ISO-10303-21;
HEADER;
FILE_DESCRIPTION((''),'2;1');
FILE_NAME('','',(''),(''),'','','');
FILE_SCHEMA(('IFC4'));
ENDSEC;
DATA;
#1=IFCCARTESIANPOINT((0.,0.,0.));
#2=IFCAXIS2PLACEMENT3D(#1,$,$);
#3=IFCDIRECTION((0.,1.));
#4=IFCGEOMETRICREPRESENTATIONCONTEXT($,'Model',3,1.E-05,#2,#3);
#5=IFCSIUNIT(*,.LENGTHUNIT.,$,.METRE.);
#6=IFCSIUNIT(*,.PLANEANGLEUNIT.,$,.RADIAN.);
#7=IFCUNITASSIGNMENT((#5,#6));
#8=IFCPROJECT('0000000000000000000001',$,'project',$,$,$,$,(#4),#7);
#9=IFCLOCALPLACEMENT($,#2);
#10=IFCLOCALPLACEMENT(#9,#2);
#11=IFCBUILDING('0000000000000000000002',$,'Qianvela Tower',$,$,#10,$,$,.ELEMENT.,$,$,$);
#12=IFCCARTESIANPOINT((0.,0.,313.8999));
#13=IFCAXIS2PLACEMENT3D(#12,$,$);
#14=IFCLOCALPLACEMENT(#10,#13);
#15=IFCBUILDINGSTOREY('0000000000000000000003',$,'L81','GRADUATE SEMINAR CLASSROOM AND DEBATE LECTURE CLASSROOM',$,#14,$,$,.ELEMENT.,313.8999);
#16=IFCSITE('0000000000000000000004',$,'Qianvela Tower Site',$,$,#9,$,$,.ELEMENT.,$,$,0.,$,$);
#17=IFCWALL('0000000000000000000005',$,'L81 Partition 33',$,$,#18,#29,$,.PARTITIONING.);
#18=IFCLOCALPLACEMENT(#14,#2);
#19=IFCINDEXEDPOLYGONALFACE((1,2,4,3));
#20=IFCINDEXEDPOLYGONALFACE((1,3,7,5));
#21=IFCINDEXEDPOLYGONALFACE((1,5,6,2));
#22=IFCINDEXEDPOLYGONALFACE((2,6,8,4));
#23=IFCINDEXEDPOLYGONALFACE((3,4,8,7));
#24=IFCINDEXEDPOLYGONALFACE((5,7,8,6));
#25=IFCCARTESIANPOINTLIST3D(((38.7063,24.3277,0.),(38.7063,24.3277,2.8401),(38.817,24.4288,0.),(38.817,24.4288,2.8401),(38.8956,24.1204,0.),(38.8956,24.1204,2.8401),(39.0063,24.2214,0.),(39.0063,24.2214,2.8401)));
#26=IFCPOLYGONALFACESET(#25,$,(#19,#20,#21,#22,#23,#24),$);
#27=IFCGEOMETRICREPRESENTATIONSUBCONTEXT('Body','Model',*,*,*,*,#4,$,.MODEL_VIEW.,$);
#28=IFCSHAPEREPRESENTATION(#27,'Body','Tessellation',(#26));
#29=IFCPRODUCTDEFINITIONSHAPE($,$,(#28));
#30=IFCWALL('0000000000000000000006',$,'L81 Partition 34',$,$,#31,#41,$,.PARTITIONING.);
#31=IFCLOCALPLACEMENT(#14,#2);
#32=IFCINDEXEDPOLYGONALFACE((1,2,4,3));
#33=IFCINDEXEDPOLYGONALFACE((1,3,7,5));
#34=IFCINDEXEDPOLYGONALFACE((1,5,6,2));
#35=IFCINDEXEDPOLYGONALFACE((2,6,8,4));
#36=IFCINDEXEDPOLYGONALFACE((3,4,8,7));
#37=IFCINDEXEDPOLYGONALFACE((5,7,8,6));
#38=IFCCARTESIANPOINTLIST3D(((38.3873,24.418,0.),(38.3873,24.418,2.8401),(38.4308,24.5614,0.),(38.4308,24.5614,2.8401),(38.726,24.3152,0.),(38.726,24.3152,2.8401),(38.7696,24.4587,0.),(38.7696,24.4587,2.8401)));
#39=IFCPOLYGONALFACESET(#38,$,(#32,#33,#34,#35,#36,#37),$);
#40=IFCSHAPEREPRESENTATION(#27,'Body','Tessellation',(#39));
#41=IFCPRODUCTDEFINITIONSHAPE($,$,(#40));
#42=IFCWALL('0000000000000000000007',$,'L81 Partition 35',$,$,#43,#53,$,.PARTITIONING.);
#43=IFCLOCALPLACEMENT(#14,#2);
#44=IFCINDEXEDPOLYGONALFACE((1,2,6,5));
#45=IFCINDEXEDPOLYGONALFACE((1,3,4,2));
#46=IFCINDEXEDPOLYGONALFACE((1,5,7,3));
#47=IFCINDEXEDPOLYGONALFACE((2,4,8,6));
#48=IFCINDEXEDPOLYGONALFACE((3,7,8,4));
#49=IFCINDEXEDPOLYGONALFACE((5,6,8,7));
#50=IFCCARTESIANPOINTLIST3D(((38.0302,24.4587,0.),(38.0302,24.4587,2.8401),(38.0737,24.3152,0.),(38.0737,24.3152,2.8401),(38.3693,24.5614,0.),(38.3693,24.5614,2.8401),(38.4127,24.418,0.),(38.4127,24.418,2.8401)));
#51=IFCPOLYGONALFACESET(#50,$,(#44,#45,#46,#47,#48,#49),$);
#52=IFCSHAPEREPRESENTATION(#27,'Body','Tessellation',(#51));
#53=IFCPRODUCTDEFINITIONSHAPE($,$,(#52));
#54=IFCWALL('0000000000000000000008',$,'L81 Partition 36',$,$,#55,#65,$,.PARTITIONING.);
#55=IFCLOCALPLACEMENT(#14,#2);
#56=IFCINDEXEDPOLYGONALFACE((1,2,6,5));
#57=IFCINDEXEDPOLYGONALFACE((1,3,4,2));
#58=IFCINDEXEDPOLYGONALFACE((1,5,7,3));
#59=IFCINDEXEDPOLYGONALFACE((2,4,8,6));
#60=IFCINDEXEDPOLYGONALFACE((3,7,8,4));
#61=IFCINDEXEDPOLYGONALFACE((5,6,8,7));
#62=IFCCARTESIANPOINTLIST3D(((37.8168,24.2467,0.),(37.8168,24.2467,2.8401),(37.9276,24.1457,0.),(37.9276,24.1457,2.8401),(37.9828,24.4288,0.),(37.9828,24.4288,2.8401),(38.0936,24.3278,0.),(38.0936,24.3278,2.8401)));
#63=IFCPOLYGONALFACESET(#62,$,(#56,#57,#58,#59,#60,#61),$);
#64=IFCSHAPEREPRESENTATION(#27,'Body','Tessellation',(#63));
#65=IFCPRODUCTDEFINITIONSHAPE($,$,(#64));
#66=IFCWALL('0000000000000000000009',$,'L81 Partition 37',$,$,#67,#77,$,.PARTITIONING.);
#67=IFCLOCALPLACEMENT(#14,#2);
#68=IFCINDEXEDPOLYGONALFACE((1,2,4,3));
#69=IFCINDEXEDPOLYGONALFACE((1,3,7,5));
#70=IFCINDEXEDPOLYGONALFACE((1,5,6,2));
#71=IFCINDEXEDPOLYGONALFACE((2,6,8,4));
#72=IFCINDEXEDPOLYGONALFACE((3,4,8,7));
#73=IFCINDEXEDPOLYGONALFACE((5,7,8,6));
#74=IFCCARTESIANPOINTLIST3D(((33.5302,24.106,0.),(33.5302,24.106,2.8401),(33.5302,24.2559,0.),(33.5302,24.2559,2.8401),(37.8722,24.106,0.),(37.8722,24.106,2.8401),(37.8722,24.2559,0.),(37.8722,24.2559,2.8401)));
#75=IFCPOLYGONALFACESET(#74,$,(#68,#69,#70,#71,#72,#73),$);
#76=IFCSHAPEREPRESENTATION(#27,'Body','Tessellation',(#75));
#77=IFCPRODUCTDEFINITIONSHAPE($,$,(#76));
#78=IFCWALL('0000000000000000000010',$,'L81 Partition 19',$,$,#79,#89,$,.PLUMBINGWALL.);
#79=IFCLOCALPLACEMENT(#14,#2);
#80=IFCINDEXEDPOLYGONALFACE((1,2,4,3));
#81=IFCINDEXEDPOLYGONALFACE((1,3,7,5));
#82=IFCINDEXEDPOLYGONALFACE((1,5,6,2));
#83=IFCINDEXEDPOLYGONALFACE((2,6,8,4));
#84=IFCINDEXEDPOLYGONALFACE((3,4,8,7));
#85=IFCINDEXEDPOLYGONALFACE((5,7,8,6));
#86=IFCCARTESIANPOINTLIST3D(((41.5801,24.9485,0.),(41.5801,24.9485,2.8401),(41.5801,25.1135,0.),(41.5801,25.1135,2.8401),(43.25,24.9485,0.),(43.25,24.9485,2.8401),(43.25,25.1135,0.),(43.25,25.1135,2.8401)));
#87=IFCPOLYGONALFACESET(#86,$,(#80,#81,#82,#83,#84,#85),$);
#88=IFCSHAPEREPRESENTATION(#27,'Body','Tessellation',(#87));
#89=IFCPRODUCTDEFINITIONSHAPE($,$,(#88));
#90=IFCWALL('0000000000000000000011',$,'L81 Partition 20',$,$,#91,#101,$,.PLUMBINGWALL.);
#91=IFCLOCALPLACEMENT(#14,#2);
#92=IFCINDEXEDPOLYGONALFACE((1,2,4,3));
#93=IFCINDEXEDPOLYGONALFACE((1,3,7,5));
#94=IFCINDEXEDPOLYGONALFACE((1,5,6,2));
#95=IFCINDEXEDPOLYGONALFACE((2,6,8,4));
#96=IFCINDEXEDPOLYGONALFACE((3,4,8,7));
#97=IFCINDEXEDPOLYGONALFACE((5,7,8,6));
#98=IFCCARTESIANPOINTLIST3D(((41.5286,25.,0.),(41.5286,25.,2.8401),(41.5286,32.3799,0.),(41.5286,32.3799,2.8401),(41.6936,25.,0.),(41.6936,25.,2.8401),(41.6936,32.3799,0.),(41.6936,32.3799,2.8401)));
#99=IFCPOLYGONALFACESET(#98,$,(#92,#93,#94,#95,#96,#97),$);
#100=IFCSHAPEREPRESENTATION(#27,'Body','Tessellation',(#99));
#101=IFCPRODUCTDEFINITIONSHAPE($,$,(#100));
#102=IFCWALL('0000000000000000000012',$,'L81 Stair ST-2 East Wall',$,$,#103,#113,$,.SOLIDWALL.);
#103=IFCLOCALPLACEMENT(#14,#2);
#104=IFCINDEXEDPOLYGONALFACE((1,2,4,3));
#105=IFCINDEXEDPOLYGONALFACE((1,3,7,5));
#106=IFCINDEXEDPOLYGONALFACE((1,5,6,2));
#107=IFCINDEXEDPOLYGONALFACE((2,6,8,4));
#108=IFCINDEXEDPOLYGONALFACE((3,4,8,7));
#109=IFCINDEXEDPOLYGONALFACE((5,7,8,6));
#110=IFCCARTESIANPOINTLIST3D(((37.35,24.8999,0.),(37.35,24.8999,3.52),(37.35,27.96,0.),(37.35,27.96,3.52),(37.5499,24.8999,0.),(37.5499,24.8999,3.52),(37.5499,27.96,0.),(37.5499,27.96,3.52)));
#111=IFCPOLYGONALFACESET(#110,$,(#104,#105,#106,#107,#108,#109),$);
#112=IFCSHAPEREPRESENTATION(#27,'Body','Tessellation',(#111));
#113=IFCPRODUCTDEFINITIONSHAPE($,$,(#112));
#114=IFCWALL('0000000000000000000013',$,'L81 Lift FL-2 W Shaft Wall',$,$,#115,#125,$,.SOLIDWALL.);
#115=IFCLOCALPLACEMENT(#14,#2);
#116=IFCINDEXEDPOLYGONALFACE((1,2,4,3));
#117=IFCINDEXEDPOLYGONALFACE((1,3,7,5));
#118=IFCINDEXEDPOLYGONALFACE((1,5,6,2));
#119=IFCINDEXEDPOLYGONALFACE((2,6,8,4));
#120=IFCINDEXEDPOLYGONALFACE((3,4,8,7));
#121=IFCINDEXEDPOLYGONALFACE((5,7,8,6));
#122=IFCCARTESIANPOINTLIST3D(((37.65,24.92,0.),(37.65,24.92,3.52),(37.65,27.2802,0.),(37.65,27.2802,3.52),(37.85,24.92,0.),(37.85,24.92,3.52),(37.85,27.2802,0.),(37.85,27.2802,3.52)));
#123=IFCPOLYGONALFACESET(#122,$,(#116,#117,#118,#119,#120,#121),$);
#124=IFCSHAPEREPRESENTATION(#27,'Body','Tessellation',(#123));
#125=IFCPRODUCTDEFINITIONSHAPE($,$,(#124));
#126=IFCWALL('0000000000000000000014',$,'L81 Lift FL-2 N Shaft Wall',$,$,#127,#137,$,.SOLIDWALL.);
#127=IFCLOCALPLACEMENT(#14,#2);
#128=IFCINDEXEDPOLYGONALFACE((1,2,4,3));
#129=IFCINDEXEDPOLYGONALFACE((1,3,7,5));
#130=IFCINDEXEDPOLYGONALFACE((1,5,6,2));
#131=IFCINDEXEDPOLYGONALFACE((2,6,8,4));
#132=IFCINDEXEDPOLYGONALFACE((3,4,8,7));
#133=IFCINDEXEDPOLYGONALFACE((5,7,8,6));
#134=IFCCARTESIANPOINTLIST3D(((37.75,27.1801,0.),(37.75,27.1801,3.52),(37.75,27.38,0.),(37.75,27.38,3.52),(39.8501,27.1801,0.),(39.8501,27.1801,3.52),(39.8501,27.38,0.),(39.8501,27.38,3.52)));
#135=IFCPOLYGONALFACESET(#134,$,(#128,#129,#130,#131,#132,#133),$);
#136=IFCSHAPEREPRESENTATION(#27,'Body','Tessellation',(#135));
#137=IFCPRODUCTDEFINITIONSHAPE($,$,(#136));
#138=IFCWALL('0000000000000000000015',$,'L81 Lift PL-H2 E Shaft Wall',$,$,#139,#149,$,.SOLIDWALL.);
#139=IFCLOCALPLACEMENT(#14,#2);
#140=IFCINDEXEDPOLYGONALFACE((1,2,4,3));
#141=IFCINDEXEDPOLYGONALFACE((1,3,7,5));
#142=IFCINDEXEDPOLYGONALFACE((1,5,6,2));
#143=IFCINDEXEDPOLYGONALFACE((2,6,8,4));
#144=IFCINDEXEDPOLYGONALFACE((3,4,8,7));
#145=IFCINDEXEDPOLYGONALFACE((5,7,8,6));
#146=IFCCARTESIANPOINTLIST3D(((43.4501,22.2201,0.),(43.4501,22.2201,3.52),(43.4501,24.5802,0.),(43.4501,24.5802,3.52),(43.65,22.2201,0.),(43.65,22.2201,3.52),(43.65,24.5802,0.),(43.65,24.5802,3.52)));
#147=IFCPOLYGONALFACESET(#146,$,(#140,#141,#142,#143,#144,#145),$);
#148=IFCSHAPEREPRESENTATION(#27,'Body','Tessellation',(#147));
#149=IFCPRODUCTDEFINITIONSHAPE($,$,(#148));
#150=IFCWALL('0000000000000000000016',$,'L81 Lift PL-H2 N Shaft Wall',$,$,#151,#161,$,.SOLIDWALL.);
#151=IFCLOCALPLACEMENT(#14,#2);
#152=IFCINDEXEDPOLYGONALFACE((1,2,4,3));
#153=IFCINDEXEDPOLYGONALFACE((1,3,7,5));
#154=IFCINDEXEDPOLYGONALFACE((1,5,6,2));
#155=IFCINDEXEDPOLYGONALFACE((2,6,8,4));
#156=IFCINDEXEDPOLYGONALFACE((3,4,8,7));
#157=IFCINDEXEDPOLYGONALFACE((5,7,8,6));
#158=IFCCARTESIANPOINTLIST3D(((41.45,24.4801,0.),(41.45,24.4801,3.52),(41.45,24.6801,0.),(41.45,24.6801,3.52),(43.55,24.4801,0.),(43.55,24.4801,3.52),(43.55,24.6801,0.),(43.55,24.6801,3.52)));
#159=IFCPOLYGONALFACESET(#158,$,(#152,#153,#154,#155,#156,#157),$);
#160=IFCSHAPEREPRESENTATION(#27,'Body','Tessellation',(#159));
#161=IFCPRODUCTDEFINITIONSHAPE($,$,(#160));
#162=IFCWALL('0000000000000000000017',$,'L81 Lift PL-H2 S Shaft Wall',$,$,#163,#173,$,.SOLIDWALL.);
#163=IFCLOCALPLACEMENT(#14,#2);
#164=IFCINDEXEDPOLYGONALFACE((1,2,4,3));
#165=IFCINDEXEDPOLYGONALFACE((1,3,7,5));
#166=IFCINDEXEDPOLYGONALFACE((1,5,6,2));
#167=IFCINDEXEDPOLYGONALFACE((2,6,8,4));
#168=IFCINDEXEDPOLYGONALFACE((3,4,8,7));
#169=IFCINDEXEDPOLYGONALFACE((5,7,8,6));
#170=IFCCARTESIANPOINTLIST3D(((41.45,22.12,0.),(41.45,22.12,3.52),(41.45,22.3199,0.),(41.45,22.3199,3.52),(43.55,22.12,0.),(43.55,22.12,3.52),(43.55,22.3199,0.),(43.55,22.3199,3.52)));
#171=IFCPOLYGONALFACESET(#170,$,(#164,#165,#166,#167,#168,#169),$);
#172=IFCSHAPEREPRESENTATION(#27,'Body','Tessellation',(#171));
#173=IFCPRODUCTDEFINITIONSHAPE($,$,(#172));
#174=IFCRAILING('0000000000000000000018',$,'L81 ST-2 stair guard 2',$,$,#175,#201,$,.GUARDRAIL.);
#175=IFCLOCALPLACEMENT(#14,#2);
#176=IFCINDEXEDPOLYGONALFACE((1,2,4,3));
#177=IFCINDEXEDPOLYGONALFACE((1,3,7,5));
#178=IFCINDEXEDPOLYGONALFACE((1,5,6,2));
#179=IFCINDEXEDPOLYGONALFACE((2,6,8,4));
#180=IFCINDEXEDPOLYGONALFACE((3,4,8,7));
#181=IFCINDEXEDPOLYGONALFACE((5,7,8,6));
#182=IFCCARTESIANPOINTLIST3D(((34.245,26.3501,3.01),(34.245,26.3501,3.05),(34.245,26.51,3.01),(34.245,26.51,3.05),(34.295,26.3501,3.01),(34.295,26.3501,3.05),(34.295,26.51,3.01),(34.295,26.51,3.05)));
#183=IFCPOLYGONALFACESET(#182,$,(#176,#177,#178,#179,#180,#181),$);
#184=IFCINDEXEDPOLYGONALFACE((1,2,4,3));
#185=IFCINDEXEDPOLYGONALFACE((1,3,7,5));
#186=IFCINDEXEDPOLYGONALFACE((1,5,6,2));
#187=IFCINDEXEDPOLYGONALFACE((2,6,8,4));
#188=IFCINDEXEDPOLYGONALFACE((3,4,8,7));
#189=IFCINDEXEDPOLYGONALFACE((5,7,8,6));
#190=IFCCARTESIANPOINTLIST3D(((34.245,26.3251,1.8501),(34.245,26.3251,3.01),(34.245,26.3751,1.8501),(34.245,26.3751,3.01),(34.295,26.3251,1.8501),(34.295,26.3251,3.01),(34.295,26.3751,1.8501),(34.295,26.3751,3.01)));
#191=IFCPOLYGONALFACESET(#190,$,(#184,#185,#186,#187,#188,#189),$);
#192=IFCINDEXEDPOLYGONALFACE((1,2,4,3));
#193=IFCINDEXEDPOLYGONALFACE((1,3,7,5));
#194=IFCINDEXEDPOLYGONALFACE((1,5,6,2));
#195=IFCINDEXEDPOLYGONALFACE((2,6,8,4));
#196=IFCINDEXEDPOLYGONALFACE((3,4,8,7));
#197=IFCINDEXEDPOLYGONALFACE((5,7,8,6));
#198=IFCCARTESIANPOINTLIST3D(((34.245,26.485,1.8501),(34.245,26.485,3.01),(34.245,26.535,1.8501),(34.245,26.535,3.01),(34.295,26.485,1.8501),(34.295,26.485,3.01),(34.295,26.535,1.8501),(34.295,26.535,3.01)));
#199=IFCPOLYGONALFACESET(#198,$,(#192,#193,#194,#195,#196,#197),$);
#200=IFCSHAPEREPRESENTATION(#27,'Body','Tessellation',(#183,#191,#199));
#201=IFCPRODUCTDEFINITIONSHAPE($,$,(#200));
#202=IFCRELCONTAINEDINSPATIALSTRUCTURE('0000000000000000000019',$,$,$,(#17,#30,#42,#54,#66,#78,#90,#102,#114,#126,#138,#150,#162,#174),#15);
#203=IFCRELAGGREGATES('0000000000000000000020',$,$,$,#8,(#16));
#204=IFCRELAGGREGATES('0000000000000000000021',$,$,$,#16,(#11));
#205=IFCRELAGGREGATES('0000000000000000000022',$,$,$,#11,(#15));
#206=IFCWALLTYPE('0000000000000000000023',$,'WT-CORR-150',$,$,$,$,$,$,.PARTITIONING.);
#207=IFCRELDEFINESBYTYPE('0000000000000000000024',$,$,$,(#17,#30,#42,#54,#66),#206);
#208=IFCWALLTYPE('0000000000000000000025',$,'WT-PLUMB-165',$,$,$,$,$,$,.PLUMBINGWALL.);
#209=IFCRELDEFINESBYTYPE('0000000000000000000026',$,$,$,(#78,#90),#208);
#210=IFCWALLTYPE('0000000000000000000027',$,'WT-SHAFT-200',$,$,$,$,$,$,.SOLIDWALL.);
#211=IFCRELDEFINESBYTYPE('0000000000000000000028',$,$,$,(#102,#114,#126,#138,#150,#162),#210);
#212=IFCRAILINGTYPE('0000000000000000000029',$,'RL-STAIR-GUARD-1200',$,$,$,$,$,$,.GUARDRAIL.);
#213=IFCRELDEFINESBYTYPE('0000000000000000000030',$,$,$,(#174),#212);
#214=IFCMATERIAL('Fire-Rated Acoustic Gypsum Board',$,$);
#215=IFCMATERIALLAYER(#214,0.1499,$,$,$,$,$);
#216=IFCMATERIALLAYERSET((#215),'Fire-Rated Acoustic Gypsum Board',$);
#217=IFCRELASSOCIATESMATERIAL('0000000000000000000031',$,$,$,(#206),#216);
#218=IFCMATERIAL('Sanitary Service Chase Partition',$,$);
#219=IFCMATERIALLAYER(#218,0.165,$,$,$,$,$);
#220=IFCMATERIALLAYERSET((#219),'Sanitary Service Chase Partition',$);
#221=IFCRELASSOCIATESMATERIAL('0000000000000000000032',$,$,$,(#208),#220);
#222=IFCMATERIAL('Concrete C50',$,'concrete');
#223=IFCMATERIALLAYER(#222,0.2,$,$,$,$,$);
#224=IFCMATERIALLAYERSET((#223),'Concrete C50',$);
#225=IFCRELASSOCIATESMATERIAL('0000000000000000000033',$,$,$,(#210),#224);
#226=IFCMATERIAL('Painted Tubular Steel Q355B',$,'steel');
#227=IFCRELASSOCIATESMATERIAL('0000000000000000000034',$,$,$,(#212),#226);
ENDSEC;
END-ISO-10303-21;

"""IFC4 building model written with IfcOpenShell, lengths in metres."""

from ifc_helpers import new_model, si_unit, direction, frame, frame_2d, origin, origin_2d, place, context, subcontext, project, spatial, rectangle, extrude, material, layer, layer_set, type_object, element, save


model = new_model("IFC4")

# Units and contexts
model_context = context("Model", 3, precision=1e-05, world=origin(), true_north=direction((0.0, 1.0)))
body_context = subcontext(model_context, "Body", "Model", "MODEL_VIEW")
ifc_project = project(units=[si_unit("LENGTHUNIT", "METRE"), si_unit("PLANEANGLEUNIT", "RADIAN")], contexts=[model_context])

# Site, building, storey
site_placement = place(None, origin())
site = spatial("IfcSite", under=ifc_project, at=site_placement, Name="Qianvela Tower Site", CompositionType="ELEMENT", RefElevation=0.0)
building_placement = place(site_placement, origin())
building = spatial("IfcBuilding", under=site, at=building_placement, Name="Qianvela Tower", CompositionType="ELEMENT")
storey_placement = place(building_placement, frame((0.0, 0.0, 313.8999)))
storey = spatial("IfcBuildingStorey", under=building, at=storey_placement, Name="L81", Description="GRADUATE SEMINAR CLASSROOM AND DEBATE LECTURE CLASSROOM", CompositionType="ELEMENT", Elevation=313.8999)

# Walls
ifc_material_1 = material(Name="Fire-Rated Acoustic Gypsum Board")
ifc_layer_1 = layer(ifc_material_1, 0.1499)
ifc_layer_set_1 = layer_set([ifc_layer_1], Name="Fire-Rated Acoustic Gypsum Board")
wall_type_1 = type_object("IfcWallType", Name="WT-CORR-150", PredefinedType="PARTITIONING", material=ifc_layer_set_1)
wall_1_placement = place(storey_placement, frame((38.9509, 24.1709, 0.0), z_axis=(0.0, 0.0, 1.0), x_axis=(-0.674187, 0.738561, 0.0)))
element("IfcWall", 1, at=wall_1_placement, inside=storey, type_object=wall_type_1, Name="L81 Partition 33", PredefinedType="PARTITIONING", context=body_context, shape_type="SweptSolid", body=[
    extrude(rectangle(XDim=0.2808, YDim=0.1499, at=frame_2d((0.1404, 0.0))), origin(), (0.0, 0.0, 1.0), 2.8401),
])
wall_2_placement = place(storey_placement, frame((38.7478, 24.387, 0.0), z_axis=(0.0, 0.0, 1.0), x_axis=(-0.956949, 0.290256, 0.0)))
element("IfcWall", 2, at=wall_2_placement, inside=storey, type_object=wall_type_1, Name="L81 Partition 34", PredefinedType="PARTITIONING", context=body_context, shape_type="SweptSolid", body=[
    extrude(rectangle(XDim=0.354, YDim=0.1499, at=frame_2d((0.177, 0.0))), origin(), (0.0, 0.0, 1.0), 2.8401),
])
wall_3_placement = place(storey_placement, frame((38.3911, 24.4897, 0.0), z_axis=(0.0, 0.0, 1.0), x_axis=(-0.957007, -0.290065, 0.0)))
element("IfcWall", 3, at=wall_3_placement, inside=storey, type_object=wall_type_1, Name="L81 Partition 35", PredefinedType="PARTITIONING", context=body_context, shape_type="SweptSolid", body=[
    extrude(rectangle(XDim=0.3542, YDim=0.1499, at=frame_2d((0.1772, 0.0))), origin(), (0.0, 0.0, 1.0), 2.8401),
])
wall_4_placement = place(storey_placement, frame((38.0381, 24.3782, 0.0), z_axis=(0.0, 0.0, 1.0), x_axis=(-0.673658, -0.739043, 0.0)))
element("IfcWall", 4, at=wall_4_placement, inside=storey, type_object=wall_type_1, Name="L81 Partition 36", PredefinedType="PARTITIONING", context=body_context, shape_type="SweptSolid", body=[
    extrude(rectangle(XDim=0.2463, YDim=0.1499, at=frame_2d((0.123, 0.0))), origin(), (0.0, 0.0, 1.0), 2.8401),
])
wall_5_placement = place(storey_placement, frame((37.8721, 24.1809, 0.0), z_axis=(0.0, 0.0, 1.0), x_axis=(-1.0, 0.0, 0.0)))
element("IfcWall", 5, at=wall_5_placement, inside=storey, type_object=wall_type_1, Name="L81 Partition 37", PredefinedType="PARTITIONING", context=body_context, shape_type="SweptSolid", body=[
    extrude(rectangle(XDim=4.342, YDim=0.1499, at=frame_2d((2.1709, 0.0))), origin(), (0.0, 0.0, 1.0), 2.8401),
])
ifc_material_2 = material(Name="Sanitary Service Chase Partition")
ifc_layer_2 = layer(ifc_material_2, 0.165)
ifc_layer_set_2 = layer_set([ifc_layer_2], Name="Sanitary Service Chase Partition")
wall_type_2 = type_object("IfcWallType", Name="WT-PLUMB-165", PredefinedType="PLUMBINGWALL", material=ifc_layer_set_2)
wall_6_placement = place(storey_placement, frame((43.25, 25.031, 0.0), z_axis=(0.0, 0.0, 1.0), x_axis=(-1.0, 0.0, 0.0)))
element("IfcWall", 6, at=wall_6_placement, inside=storey, type_object=wall_type_2, Name="L81 Partition 19", PredefinedType="PLUMBINGWALL", context=body_context, shape_type="SweptSolid", body=[
    extrude(rectangle(XDim=1.6699, YDim=0.165, at=frame_2d((0.835, 0.0))), origin(), (0.0, 0.0, 1.0), 2.8401),
])
wall_7_placement = place(storey_placement, frame((41.6111, 25.0, 0.0), z_axis=(0.0, 0.0, 1.0), x_axis=(0.0, 1.0, 0.0)))
element("IfcWall", 7, at=wall_7_placement, inside=storey, type_object=wall_type_2, Name="L81 Partition 20", PredefinedType="PLUMBINGWALL", context=body_context, shape_type="SweptSolid", body=[
    extrude(rectangle(XDim=7.3799, YDim=0.165, at=frame_2d((3.6899, 0.0))), origin(), (0.0, 0.0, 1.0), 2.8401),
])
ifc_material_3 = material(Name="Concrete C50", Category="concrete")
ifc_layer_3 = layer(ifc_material_3, 0.2)
ifc_layer_set_3 = layer_set([ifc_layer_3], Name="Concrete C50")
wall_type_3 = type_object("IfcWallType", Name="WT-SHAFT-200", PredefinedType="SOLIDWALL", material=ifc_layer_set_3)
wall_8_placement = place(storey_placement, frame((37.45, 24.8999, 0.0), z_axis=(0.0, 0.0, 1.0), x_axis=(0.0, 1.0, 0.0)))
element("IfcWall", 8, at=wall_8_placement, inside=storey, type_object=wall_type_3, Name="L81 Stair ST-2 East Wall", PredefinedType="SOLIDWALL", context=body_context, shape_type="SweptSolid", body=[
    extrude(rectangle(XDim=3.0601, YDim=0.2, at=frame_2d((1.53, 0.0))), origin(), (0.0, 0.0, 1.0), 3.52),
])

# Walls
wall_9_placement = place(storey_placement, frame((37.75, 24.9199, 0.0), z_axis=(0.0, 0.0, 1.0), x_axis=(0.0, 1.0, 0.0)))
element("IfcWall", 9, at=wall_9_placement, inside=storey, type_object=wall_type_3, Name="L81 Lift FL-2 W Shaft Wall", PredefinedType="SOLIDWALL", context=body_context, shape_type="SweptSolid", body=[
    extrude(rectangle(XDim=2.3601, YDim=0.2, at=frame_2d((1.1802, 0.0))), origin(), (0.0, 0.0, 1.0), 3.52),
])
wall_10_placement = place(storey_placement, frame((37.75, 27.28, 0.0), z_axis=(0.0, 0.0, 1.0), x_axis=(1.0, 0.0, 0.0)))
element("IfcWall", 10, at=wall_10_placement, inside=storey, type_object=wall_type_3, Name="L81 Lift FL-2 N Shaft Wall", PredefinedType="SOLIDWALL", context=body_context, shape_type="SweptSolid", body=[
    extrude(rectangle(XDim=2.1001, YDim=0.2, at=frame_2d((1.05, 0.0))), origin(), (0.0, 0.0, 1.0), 3.52),
])
wall_11_placement = place(storey_placement, frame((43.55, 22.22, 0.0), z_axis=(0.0, 0.0, 1.0), x_axis=(0.0, 1.0, 0.0)))
element("IfcWall", 11, at=wall_11_placement, inside=storey, type_object=wall_type_3, Name="L81 Lift PL-H2 E Shaft Wall", PredefinedType="SOLIDWALL", context=body_context, shape_type="SweptSolid", body=[
    extrude(rectangle(XDim=2.3601, YDim=0.2, at=frame_2d((1.1802, 0.0))), origin(), (0.0, 0.0, 1.0), 3.52),
])

# Walls
for number, where, z_axis, x_axis, name in (
    (12, (41.45, 24.5801, 0.0), (0.0, 0.0, 1.0), (1.0, 0.0, 0.0), "L81 Lift PL-H2 N Shaft Wall"),
    (13, (41.45, 22.22, 0.0), (0.0, 0.0, 1.0), (1.0, 0.0, 0.0), "L81 Lift PL-H2 S Shaft Wall"),
):
    element("IfcWall", number, at=place(storey_placement, frame(where, z_axis=z_axis, x_axis=x_axis)), inside=storey, type_object=wall_type_3, Name=name, PredefinedType="SOLIDWALL", context=body_context, shape_type="SweptSolid", body=[
        extrude(rectangle(XDim=2.1001, YDim=0.2, at=frame_2d((1.05, 0.0))), origin(), (0.0, 0.0, 1.0), 3.52),
    ])

# Railing
ifc_material_4 = material(Name="Painted Tubular Steel Q355B", Category="steel")
railing_type = type_object("IfcRailingType", Name="RL-STAIR-GUARD-1200", PredefinedType="GUARDRAIL", material=ifc_material_4)
railing_1_placement = place(storey_placement, frame((34.27, 26.3501, 1.8501)))
element("IfcRailing", 14, at=railing_1_placement, inside=storey, type_object=railing_type, Name="L81 ST-2 stair guard 2", PredefinedType="GUARDRAIL", context=body_context, shape_type="SweptSolid", body=[
    extrude(rectangle(XDim=0.05, YDim=0.04, at=origin_2d()), frame((0.0, 0.0, 1.1799), z_axis=(0.0, 1.0, 0.0), x_axis=(-1.0, 0.0, 0.0)), (0.0, 0.0, 1.0), 0.1599),
    extrude(rectangle(XDim=0.05, YDim=0.05, at=origin_2d()), origin(), (0.0, 0.0, 1.0), 1.1599),
    extrude(rectangle(XDim=0.05, YDim=0.05, at=origin_2d()), frame((0.0, 0.1599, 0.0)), (0.0, 0.0, 1.0), 1.1599),
])

save(model, "model.ifc")
